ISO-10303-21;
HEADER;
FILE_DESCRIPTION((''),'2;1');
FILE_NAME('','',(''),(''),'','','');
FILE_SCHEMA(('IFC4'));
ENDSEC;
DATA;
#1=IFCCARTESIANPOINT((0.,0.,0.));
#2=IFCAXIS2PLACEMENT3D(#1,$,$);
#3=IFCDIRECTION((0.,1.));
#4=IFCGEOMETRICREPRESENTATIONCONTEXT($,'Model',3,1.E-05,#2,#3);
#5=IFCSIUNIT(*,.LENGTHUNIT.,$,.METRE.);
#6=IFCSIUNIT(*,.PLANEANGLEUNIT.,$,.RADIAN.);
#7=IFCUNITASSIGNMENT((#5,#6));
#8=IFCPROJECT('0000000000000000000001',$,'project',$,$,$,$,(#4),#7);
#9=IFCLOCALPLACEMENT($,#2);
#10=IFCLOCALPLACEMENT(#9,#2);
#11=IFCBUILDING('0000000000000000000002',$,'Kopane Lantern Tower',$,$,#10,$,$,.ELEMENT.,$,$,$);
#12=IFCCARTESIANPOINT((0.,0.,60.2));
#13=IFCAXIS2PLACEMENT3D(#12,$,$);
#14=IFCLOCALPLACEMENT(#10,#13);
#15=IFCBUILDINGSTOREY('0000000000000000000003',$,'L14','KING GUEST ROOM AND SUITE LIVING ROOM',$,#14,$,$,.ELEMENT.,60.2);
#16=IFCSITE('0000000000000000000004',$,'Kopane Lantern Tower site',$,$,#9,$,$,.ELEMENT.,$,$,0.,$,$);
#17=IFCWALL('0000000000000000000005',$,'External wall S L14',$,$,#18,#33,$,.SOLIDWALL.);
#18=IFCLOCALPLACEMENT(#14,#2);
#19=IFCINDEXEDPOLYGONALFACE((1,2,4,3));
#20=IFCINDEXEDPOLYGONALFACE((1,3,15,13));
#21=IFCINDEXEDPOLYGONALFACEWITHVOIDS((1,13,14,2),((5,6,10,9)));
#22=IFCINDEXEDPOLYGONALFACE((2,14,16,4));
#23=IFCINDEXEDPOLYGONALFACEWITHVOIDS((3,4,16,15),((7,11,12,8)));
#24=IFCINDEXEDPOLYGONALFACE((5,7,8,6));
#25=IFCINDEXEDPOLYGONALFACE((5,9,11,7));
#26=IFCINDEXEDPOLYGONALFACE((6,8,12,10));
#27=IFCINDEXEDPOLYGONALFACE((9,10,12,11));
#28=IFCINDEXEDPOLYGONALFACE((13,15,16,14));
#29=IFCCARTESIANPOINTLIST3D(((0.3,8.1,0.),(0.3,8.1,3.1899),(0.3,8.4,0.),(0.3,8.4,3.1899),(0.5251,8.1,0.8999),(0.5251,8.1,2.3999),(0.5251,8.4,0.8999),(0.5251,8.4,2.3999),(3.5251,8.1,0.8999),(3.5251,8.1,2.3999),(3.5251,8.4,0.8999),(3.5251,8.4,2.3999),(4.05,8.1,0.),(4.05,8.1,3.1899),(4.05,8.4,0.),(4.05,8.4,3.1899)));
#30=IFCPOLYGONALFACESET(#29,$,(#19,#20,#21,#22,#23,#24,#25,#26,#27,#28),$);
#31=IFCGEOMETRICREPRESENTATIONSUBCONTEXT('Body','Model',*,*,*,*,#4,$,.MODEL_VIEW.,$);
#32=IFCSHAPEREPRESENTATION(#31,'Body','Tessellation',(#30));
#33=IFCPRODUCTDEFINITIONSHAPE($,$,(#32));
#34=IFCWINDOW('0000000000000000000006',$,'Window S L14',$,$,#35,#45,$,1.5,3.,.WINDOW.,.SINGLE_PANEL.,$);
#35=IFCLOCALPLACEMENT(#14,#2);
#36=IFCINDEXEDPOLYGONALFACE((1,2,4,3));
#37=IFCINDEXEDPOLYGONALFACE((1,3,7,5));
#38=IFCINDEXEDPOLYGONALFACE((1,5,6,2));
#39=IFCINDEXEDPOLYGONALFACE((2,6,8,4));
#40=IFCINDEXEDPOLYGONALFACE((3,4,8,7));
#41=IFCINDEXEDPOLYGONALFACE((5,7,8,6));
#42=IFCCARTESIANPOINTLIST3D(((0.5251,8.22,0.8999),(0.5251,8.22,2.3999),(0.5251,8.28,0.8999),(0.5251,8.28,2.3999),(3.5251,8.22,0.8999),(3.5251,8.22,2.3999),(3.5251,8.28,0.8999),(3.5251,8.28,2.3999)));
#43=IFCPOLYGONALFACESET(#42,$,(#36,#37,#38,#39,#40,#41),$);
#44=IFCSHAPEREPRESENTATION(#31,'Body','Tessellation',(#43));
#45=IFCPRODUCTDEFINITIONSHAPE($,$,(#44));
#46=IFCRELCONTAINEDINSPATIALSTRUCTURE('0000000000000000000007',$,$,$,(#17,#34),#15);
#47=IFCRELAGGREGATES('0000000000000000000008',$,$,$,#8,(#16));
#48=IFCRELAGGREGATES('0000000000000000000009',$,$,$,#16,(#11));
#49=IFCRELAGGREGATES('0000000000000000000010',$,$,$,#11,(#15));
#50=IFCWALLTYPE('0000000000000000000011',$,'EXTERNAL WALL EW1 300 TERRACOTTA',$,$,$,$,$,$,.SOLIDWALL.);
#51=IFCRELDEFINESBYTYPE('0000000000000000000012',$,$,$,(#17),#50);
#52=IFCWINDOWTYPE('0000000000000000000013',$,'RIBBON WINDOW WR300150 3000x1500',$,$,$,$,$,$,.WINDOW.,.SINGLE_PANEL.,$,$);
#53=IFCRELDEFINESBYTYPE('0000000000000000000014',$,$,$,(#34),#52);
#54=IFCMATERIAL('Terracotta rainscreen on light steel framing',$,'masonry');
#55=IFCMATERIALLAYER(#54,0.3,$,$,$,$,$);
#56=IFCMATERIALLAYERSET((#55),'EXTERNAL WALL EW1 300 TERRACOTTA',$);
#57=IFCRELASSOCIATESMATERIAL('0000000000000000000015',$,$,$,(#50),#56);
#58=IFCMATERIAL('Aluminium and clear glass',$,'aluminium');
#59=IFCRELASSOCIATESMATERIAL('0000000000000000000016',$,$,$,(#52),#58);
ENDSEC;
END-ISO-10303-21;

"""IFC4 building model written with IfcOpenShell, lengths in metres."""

from ifc_helpers import new_model, si_unit, direction, frame, frame_2d, origin, place, context, subcontext, project, spatial, rectangle, extrude, material, layer, layer_set, type_object, element, fill, save


model = new_model("IFC4")

# Units and contexts
model_context = context("Model", 3, precision=1e-05, world=origin(), true_north=direction((0.0, 1.0)))
body_context = subcontext(model_context, "Body", "Model", "MODEL_VIEW")
ifc_project = project(units=[si_unit("LENGTHUNIT", "METRE"), si_unit("PLANEANGLEUNIT", "RADIAN")], contexts=[model_context])

# Site, building, storey
site_placement = place(None, origin())
site = spatial("IfcSite", under=ifc_project, at=site_placement, Name="Kopane Lantern Tower site", CompositionType="ELEMENT", RefElevation=0.0)
building_placement = place(site_placement, origin())
building = spatial("IfcBuilding", under=site, at=building_placement, Name="Kopane Lantern Tower", CompositionType="ELEMENT")
storey_placement = place(building_placement, frame((0.0, 0.0, 60.2)))
storey = spatial("IfcBuildingStorey", under=building, at=storey_placement, Name="L14", Description="KING GUEST ROOM AND SUITE LIVING ROOM", CompositionType="ELEMENT", Elevation=60.2)

# Wall, opening, window
ifc_material_1 = material(Name="Terracotta rainscreen on light steel framing", Category="masonry")
ifc_layer_1 = layer(ifc_material_1, 0.3)
ifc_layer_set_1 = layer_set([ifc_layer_1], Name="EXTERNAL WALL EW1 300 TERRACOTTA")
wall_type = type_object("IfcWallType", Name="EXTERNAL WALL EW1 300 TERRACOTTA", PredefinedType="SOLIDWALL", material=ifc_layer_set_1)
wall_placement = place(storey_placement, frame((0.3, 8.25, 0.0), z_axis=(0.0, 0.0, 1.0), x_axis=(1.0, 0.0, 0.0)))
wall = element("IfcWall", 1, at=wall_placement, inside=storey, type_object=wall_type, Name="External wall S L14", PredefinedType="SOLIDWALL", context=body_context, shape_type="SweptSolid", body=[
    extrude(rectangle(XDim=3.75, YDim=0.3, at=frame_2d((1.875, 0.0))), origin(), (0.0, 0.0, 1.0), 3.1899),
])
opening_placement = place(wall_placement, frame((0.2251, 0.0, 0.8999)))
opening = element("IfcOpeningElement", 2, at=opening_placement, cuts=wall, PredefinedType="OPENING", context=body_context, shape_type="SweptSolid", body=[
    extrude(rectangle(XDim=3.0, YDim=1.5, at=frame_2d((1.5, 0.75))), frame((0.0, 0.1599, 0.0), z_axis=(0.0, -1.0, 0.0), x_axis=(1.0, 0.0, 0.0)), (0.0, 0.0, 1.0), 0.3201),
])
ifc_material_2 = material(Name="Aluminium and clear glass", Category="aluminium")
window_type = type_object("IfcWindowType", Name="RIBBON WINDOW WR300150 3000x1500", PartitioningType="SINGLE_PANEL", PredefinedType="WINDOW", material=ifc_material_2)
window_placement = place(opening_placement, origin())
window = element("IfcWindow", 3, at=window_placement, inside=storey, type_object=window_type, Name="Window S L14", OverallHeight=1.5, OverallWidth=3.0, PartitioningType="SINGLE_PANEL", PredefinedType="WINDOW", context=body_context, shape_type="SweptSolid", body=[
    extrude(rectangle(XDim=3.0, YDim=1.5, at=frame_2d((1.5, 0.75))), frame((0.0, 0.03, 0.0), z_axis=(0.0, -1.0, 0.0), x_axis=(1.0, 0.0, 0.0)), (0.0, 0.0, 1.0), 0.0601),
])
fill(opening, window)

save(model, "model.ifc")
